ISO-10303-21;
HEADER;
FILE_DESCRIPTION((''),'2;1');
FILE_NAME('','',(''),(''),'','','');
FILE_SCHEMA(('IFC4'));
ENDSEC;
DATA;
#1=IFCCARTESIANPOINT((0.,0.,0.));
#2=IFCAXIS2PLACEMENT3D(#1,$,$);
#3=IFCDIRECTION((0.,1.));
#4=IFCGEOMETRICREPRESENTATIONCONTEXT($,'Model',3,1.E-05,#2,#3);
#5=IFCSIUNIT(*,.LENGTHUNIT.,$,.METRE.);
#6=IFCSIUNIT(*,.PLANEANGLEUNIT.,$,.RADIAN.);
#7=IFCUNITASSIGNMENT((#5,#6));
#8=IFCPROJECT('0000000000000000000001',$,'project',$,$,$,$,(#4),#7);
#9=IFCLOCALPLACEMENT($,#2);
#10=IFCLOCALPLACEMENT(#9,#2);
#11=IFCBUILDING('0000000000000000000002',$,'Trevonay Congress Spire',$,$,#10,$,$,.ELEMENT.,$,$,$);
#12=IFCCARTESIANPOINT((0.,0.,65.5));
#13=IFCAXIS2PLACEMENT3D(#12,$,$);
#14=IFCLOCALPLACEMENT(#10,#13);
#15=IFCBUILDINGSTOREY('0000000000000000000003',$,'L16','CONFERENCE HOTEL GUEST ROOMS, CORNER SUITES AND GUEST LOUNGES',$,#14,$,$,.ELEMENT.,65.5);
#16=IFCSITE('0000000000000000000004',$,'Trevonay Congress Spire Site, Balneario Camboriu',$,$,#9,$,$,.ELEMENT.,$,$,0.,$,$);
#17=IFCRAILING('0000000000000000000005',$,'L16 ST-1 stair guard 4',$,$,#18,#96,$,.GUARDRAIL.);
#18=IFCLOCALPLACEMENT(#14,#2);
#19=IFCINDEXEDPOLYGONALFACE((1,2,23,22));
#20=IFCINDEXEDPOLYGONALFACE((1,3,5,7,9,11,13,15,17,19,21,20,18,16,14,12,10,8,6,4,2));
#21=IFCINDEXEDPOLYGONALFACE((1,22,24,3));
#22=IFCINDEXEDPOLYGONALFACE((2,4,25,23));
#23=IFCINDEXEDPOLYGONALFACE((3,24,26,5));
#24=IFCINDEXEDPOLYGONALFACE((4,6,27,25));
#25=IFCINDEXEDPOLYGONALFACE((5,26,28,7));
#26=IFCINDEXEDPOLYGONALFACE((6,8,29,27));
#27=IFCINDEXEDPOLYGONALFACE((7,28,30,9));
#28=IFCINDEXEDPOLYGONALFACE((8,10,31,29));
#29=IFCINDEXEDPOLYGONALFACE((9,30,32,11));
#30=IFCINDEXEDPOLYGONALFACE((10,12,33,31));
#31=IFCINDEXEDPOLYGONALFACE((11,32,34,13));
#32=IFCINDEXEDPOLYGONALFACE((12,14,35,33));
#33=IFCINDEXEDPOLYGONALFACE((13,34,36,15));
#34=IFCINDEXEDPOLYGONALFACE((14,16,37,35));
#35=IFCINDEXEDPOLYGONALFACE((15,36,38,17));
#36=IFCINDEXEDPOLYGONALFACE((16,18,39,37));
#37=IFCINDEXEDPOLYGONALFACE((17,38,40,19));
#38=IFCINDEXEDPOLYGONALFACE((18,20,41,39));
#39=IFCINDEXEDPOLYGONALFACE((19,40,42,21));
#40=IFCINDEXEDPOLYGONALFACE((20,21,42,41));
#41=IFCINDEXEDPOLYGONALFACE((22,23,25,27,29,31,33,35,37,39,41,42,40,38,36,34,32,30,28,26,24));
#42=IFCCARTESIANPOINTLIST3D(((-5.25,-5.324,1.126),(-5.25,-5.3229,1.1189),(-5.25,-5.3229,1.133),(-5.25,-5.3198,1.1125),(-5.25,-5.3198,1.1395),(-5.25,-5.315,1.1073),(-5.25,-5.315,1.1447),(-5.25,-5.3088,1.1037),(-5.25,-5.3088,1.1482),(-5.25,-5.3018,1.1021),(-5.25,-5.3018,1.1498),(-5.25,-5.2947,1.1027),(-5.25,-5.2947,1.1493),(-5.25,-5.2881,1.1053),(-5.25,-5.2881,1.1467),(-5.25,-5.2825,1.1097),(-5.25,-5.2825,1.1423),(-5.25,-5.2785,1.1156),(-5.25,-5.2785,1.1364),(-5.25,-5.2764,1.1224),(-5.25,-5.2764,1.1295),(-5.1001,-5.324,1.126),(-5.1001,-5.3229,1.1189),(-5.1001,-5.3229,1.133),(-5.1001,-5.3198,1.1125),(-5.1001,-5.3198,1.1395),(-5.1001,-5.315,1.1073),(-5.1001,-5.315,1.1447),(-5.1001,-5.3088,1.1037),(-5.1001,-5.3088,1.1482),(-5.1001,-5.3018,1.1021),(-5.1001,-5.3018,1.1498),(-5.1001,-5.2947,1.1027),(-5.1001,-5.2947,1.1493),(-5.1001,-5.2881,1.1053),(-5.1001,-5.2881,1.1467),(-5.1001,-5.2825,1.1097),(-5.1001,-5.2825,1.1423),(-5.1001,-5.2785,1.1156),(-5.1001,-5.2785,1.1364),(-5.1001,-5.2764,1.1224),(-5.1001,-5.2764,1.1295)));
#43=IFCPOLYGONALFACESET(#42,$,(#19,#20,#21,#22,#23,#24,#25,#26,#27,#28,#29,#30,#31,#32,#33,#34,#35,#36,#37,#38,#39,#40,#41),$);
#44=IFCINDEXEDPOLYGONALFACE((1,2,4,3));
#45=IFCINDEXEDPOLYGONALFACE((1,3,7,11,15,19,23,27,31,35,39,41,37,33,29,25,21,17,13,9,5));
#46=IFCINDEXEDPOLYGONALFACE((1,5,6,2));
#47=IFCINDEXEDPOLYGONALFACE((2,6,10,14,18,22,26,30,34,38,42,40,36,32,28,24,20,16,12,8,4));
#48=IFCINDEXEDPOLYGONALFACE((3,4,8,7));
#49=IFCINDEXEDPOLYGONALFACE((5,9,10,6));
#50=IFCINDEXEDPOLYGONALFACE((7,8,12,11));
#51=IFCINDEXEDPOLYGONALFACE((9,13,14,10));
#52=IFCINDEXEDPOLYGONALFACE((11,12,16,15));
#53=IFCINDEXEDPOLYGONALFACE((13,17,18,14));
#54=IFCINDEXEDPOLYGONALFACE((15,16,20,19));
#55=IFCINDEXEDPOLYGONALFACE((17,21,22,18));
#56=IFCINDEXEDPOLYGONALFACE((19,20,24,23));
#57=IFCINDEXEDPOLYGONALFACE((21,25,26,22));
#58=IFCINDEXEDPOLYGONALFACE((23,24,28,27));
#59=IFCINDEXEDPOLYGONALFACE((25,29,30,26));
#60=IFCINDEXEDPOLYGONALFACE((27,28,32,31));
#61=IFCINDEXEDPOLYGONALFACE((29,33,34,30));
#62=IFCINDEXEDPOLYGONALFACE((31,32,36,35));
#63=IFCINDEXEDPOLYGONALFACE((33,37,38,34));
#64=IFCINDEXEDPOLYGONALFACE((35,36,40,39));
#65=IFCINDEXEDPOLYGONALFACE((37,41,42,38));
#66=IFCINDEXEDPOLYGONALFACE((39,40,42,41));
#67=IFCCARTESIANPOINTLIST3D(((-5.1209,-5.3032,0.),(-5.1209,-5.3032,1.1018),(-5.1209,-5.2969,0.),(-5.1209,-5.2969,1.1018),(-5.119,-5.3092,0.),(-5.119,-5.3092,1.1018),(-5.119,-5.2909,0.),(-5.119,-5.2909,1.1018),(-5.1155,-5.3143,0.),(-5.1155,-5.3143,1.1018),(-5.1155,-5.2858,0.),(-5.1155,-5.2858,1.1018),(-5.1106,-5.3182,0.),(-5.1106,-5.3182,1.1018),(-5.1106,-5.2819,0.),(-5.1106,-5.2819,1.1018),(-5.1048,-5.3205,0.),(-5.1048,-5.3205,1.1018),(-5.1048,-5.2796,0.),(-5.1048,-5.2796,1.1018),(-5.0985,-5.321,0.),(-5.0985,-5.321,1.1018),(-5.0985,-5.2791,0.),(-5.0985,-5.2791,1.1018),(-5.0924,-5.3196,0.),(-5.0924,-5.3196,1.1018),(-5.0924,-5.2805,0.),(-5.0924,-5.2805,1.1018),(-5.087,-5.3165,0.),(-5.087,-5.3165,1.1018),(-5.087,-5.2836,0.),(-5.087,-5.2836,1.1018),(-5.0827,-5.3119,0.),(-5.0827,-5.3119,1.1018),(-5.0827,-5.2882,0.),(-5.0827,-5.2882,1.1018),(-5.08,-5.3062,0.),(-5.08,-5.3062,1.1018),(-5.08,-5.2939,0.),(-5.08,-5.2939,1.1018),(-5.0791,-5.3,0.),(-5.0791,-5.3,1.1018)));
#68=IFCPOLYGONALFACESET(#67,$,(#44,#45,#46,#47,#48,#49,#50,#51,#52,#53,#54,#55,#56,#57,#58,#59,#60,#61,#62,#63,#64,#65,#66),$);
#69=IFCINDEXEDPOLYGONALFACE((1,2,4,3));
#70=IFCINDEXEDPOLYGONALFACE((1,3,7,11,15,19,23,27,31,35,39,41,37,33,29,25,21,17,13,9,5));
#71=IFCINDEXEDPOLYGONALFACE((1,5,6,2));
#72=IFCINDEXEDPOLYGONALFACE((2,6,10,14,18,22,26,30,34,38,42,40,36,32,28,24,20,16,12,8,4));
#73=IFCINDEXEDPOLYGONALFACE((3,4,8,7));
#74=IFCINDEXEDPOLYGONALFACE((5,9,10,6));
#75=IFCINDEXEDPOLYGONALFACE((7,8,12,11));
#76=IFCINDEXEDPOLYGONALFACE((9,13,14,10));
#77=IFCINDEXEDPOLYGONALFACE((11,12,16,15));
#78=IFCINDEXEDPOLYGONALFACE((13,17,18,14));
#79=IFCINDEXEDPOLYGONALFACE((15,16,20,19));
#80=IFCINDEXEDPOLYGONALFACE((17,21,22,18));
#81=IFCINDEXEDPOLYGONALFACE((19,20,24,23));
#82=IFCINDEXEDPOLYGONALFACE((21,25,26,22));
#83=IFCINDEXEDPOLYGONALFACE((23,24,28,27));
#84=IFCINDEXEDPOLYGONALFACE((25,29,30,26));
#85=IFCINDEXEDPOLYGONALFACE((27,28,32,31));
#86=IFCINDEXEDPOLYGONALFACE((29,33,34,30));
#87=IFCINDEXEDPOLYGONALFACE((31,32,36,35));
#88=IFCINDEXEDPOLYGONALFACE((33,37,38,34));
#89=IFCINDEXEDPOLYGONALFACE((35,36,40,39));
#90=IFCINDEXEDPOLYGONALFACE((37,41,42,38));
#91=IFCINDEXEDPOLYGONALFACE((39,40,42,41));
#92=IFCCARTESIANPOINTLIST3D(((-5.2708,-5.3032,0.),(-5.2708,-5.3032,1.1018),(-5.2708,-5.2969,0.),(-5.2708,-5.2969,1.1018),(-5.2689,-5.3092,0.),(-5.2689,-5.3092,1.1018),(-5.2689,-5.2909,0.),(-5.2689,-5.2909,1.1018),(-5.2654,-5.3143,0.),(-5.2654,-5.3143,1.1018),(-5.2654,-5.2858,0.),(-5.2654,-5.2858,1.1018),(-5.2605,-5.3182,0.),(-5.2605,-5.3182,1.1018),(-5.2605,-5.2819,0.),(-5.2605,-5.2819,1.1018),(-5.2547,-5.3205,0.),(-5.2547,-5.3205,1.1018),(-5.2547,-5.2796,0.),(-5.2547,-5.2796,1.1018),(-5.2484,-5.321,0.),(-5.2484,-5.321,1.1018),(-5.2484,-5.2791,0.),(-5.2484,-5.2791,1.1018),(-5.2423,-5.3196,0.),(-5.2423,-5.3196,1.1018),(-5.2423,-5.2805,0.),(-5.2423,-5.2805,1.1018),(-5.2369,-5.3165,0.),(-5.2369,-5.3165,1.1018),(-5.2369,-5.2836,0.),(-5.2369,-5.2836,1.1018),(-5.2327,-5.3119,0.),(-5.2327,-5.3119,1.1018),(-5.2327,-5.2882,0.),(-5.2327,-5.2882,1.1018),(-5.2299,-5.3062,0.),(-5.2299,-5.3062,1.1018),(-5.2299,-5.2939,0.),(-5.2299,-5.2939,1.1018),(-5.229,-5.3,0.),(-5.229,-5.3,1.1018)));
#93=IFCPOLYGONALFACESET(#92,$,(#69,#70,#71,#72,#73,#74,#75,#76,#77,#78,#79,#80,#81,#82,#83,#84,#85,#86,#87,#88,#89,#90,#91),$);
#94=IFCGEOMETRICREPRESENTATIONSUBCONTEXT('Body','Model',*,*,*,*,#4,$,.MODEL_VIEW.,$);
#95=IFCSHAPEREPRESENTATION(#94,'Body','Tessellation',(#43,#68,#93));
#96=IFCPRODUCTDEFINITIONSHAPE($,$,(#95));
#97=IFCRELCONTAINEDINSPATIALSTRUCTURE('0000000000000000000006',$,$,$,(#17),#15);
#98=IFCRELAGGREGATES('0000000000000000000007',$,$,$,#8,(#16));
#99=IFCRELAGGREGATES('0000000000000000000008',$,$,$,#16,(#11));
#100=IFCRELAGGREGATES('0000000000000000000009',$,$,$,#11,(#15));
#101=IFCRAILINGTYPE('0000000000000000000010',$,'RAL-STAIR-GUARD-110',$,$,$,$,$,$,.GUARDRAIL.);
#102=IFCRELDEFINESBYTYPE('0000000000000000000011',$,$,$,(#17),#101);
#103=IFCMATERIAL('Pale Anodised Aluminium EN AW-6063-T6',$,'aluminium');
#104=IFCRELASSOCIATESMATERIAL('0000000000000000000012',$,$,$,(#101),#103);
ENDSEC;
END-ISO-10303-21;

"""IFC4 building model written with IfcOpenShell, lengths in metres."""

from ifc_helpers import new_model, si_unit, direction, frame, origin, origin_2d, place, context, subcontext, project, spatial, circle, extrude, material, type_object, element, save


model = new_model("IFC4")

# Units and contexts
model_context = context("Model", 3, precision=1e-05, world=origin(), true_north=direction((0.0, 1.0)))
body_context = subcontext(model_context, "Body", "Model", "MODEL_VIEW")
ifc_project = project(units=[si_unit("LENGTHUNIT", "METRE"), si_unit("PLANEANGLEUNIT", "RADIAN")], contexts=[model_context])

# Site, building, storey
site_placement = place(None, origin())
site = spatial("IfcSite", under=ifc_project, at=site_placement, Name="Trevonay Congress Spire Site, Balneario Camboriu", CompositionType="ELEMENT", RefElevation=0.0)
building_placement = place(site_placement, origin())
building = spatial("IfcBuilding", under=site, at=building_placement, Name="Trevonay Congress Spire", CompositionType="ELEMENT")
storey_placement = place(building_placement, frame((0.0, 0.0, 65.5)))
storey = spatial("IfcBuildingStorey", under=building, at=storey_placement, Name="L16", Description="CONFERENCE HOTEL GUEST ROOMS, CORNER SUITES AND GUEST LOUNGES", CompositionType="ELEMENT", Elevation=65.5)

# Shared definitions
ifc_material_1 = material(Name="Pale Anodised Aluminium EN AW-6063-T6", Category="aluminium")

# Railing
railing_type_1 = type_object("IfcRailingType", Name="RAL-STAIR-GUARD-110", PredefinedType="GUARDRAIL", material=ifc_material_1)
railing_1_placement = place(storey_placement, frame((-5.1001, -5.3, 0.0)))
element("IfcRailing", 1, at=railing_1_placement, inside=storey, type_object=railing_type_1, Name="L16 ST-1 stair guard 4", PredefinedType="GUARDRAIL", context=body_context, shape_type="SweptSolid", body=[
    extrude(circle(Radius=0.0239, at=origin_2d()), frame((0.0, 0.0, 1.126), z_axis=(-1.0, 0.0, 0.0), x_axis=(0.0, -1.0, 0.0)), (0.0, 0.0, 1.0), 0.1499),
    extrude(circle(Radius=0.021, at=origin_2d()), origin(), (0.0, 0.0, 1.0), 1.1018),
    extrude(circle(Radius=0.021, at=origin_2d()), frame((-0.1499, 0.0, 0.0)), (0.0, 0.0, 1.0), 1.1018),
])

save(model, "model.ifc")
